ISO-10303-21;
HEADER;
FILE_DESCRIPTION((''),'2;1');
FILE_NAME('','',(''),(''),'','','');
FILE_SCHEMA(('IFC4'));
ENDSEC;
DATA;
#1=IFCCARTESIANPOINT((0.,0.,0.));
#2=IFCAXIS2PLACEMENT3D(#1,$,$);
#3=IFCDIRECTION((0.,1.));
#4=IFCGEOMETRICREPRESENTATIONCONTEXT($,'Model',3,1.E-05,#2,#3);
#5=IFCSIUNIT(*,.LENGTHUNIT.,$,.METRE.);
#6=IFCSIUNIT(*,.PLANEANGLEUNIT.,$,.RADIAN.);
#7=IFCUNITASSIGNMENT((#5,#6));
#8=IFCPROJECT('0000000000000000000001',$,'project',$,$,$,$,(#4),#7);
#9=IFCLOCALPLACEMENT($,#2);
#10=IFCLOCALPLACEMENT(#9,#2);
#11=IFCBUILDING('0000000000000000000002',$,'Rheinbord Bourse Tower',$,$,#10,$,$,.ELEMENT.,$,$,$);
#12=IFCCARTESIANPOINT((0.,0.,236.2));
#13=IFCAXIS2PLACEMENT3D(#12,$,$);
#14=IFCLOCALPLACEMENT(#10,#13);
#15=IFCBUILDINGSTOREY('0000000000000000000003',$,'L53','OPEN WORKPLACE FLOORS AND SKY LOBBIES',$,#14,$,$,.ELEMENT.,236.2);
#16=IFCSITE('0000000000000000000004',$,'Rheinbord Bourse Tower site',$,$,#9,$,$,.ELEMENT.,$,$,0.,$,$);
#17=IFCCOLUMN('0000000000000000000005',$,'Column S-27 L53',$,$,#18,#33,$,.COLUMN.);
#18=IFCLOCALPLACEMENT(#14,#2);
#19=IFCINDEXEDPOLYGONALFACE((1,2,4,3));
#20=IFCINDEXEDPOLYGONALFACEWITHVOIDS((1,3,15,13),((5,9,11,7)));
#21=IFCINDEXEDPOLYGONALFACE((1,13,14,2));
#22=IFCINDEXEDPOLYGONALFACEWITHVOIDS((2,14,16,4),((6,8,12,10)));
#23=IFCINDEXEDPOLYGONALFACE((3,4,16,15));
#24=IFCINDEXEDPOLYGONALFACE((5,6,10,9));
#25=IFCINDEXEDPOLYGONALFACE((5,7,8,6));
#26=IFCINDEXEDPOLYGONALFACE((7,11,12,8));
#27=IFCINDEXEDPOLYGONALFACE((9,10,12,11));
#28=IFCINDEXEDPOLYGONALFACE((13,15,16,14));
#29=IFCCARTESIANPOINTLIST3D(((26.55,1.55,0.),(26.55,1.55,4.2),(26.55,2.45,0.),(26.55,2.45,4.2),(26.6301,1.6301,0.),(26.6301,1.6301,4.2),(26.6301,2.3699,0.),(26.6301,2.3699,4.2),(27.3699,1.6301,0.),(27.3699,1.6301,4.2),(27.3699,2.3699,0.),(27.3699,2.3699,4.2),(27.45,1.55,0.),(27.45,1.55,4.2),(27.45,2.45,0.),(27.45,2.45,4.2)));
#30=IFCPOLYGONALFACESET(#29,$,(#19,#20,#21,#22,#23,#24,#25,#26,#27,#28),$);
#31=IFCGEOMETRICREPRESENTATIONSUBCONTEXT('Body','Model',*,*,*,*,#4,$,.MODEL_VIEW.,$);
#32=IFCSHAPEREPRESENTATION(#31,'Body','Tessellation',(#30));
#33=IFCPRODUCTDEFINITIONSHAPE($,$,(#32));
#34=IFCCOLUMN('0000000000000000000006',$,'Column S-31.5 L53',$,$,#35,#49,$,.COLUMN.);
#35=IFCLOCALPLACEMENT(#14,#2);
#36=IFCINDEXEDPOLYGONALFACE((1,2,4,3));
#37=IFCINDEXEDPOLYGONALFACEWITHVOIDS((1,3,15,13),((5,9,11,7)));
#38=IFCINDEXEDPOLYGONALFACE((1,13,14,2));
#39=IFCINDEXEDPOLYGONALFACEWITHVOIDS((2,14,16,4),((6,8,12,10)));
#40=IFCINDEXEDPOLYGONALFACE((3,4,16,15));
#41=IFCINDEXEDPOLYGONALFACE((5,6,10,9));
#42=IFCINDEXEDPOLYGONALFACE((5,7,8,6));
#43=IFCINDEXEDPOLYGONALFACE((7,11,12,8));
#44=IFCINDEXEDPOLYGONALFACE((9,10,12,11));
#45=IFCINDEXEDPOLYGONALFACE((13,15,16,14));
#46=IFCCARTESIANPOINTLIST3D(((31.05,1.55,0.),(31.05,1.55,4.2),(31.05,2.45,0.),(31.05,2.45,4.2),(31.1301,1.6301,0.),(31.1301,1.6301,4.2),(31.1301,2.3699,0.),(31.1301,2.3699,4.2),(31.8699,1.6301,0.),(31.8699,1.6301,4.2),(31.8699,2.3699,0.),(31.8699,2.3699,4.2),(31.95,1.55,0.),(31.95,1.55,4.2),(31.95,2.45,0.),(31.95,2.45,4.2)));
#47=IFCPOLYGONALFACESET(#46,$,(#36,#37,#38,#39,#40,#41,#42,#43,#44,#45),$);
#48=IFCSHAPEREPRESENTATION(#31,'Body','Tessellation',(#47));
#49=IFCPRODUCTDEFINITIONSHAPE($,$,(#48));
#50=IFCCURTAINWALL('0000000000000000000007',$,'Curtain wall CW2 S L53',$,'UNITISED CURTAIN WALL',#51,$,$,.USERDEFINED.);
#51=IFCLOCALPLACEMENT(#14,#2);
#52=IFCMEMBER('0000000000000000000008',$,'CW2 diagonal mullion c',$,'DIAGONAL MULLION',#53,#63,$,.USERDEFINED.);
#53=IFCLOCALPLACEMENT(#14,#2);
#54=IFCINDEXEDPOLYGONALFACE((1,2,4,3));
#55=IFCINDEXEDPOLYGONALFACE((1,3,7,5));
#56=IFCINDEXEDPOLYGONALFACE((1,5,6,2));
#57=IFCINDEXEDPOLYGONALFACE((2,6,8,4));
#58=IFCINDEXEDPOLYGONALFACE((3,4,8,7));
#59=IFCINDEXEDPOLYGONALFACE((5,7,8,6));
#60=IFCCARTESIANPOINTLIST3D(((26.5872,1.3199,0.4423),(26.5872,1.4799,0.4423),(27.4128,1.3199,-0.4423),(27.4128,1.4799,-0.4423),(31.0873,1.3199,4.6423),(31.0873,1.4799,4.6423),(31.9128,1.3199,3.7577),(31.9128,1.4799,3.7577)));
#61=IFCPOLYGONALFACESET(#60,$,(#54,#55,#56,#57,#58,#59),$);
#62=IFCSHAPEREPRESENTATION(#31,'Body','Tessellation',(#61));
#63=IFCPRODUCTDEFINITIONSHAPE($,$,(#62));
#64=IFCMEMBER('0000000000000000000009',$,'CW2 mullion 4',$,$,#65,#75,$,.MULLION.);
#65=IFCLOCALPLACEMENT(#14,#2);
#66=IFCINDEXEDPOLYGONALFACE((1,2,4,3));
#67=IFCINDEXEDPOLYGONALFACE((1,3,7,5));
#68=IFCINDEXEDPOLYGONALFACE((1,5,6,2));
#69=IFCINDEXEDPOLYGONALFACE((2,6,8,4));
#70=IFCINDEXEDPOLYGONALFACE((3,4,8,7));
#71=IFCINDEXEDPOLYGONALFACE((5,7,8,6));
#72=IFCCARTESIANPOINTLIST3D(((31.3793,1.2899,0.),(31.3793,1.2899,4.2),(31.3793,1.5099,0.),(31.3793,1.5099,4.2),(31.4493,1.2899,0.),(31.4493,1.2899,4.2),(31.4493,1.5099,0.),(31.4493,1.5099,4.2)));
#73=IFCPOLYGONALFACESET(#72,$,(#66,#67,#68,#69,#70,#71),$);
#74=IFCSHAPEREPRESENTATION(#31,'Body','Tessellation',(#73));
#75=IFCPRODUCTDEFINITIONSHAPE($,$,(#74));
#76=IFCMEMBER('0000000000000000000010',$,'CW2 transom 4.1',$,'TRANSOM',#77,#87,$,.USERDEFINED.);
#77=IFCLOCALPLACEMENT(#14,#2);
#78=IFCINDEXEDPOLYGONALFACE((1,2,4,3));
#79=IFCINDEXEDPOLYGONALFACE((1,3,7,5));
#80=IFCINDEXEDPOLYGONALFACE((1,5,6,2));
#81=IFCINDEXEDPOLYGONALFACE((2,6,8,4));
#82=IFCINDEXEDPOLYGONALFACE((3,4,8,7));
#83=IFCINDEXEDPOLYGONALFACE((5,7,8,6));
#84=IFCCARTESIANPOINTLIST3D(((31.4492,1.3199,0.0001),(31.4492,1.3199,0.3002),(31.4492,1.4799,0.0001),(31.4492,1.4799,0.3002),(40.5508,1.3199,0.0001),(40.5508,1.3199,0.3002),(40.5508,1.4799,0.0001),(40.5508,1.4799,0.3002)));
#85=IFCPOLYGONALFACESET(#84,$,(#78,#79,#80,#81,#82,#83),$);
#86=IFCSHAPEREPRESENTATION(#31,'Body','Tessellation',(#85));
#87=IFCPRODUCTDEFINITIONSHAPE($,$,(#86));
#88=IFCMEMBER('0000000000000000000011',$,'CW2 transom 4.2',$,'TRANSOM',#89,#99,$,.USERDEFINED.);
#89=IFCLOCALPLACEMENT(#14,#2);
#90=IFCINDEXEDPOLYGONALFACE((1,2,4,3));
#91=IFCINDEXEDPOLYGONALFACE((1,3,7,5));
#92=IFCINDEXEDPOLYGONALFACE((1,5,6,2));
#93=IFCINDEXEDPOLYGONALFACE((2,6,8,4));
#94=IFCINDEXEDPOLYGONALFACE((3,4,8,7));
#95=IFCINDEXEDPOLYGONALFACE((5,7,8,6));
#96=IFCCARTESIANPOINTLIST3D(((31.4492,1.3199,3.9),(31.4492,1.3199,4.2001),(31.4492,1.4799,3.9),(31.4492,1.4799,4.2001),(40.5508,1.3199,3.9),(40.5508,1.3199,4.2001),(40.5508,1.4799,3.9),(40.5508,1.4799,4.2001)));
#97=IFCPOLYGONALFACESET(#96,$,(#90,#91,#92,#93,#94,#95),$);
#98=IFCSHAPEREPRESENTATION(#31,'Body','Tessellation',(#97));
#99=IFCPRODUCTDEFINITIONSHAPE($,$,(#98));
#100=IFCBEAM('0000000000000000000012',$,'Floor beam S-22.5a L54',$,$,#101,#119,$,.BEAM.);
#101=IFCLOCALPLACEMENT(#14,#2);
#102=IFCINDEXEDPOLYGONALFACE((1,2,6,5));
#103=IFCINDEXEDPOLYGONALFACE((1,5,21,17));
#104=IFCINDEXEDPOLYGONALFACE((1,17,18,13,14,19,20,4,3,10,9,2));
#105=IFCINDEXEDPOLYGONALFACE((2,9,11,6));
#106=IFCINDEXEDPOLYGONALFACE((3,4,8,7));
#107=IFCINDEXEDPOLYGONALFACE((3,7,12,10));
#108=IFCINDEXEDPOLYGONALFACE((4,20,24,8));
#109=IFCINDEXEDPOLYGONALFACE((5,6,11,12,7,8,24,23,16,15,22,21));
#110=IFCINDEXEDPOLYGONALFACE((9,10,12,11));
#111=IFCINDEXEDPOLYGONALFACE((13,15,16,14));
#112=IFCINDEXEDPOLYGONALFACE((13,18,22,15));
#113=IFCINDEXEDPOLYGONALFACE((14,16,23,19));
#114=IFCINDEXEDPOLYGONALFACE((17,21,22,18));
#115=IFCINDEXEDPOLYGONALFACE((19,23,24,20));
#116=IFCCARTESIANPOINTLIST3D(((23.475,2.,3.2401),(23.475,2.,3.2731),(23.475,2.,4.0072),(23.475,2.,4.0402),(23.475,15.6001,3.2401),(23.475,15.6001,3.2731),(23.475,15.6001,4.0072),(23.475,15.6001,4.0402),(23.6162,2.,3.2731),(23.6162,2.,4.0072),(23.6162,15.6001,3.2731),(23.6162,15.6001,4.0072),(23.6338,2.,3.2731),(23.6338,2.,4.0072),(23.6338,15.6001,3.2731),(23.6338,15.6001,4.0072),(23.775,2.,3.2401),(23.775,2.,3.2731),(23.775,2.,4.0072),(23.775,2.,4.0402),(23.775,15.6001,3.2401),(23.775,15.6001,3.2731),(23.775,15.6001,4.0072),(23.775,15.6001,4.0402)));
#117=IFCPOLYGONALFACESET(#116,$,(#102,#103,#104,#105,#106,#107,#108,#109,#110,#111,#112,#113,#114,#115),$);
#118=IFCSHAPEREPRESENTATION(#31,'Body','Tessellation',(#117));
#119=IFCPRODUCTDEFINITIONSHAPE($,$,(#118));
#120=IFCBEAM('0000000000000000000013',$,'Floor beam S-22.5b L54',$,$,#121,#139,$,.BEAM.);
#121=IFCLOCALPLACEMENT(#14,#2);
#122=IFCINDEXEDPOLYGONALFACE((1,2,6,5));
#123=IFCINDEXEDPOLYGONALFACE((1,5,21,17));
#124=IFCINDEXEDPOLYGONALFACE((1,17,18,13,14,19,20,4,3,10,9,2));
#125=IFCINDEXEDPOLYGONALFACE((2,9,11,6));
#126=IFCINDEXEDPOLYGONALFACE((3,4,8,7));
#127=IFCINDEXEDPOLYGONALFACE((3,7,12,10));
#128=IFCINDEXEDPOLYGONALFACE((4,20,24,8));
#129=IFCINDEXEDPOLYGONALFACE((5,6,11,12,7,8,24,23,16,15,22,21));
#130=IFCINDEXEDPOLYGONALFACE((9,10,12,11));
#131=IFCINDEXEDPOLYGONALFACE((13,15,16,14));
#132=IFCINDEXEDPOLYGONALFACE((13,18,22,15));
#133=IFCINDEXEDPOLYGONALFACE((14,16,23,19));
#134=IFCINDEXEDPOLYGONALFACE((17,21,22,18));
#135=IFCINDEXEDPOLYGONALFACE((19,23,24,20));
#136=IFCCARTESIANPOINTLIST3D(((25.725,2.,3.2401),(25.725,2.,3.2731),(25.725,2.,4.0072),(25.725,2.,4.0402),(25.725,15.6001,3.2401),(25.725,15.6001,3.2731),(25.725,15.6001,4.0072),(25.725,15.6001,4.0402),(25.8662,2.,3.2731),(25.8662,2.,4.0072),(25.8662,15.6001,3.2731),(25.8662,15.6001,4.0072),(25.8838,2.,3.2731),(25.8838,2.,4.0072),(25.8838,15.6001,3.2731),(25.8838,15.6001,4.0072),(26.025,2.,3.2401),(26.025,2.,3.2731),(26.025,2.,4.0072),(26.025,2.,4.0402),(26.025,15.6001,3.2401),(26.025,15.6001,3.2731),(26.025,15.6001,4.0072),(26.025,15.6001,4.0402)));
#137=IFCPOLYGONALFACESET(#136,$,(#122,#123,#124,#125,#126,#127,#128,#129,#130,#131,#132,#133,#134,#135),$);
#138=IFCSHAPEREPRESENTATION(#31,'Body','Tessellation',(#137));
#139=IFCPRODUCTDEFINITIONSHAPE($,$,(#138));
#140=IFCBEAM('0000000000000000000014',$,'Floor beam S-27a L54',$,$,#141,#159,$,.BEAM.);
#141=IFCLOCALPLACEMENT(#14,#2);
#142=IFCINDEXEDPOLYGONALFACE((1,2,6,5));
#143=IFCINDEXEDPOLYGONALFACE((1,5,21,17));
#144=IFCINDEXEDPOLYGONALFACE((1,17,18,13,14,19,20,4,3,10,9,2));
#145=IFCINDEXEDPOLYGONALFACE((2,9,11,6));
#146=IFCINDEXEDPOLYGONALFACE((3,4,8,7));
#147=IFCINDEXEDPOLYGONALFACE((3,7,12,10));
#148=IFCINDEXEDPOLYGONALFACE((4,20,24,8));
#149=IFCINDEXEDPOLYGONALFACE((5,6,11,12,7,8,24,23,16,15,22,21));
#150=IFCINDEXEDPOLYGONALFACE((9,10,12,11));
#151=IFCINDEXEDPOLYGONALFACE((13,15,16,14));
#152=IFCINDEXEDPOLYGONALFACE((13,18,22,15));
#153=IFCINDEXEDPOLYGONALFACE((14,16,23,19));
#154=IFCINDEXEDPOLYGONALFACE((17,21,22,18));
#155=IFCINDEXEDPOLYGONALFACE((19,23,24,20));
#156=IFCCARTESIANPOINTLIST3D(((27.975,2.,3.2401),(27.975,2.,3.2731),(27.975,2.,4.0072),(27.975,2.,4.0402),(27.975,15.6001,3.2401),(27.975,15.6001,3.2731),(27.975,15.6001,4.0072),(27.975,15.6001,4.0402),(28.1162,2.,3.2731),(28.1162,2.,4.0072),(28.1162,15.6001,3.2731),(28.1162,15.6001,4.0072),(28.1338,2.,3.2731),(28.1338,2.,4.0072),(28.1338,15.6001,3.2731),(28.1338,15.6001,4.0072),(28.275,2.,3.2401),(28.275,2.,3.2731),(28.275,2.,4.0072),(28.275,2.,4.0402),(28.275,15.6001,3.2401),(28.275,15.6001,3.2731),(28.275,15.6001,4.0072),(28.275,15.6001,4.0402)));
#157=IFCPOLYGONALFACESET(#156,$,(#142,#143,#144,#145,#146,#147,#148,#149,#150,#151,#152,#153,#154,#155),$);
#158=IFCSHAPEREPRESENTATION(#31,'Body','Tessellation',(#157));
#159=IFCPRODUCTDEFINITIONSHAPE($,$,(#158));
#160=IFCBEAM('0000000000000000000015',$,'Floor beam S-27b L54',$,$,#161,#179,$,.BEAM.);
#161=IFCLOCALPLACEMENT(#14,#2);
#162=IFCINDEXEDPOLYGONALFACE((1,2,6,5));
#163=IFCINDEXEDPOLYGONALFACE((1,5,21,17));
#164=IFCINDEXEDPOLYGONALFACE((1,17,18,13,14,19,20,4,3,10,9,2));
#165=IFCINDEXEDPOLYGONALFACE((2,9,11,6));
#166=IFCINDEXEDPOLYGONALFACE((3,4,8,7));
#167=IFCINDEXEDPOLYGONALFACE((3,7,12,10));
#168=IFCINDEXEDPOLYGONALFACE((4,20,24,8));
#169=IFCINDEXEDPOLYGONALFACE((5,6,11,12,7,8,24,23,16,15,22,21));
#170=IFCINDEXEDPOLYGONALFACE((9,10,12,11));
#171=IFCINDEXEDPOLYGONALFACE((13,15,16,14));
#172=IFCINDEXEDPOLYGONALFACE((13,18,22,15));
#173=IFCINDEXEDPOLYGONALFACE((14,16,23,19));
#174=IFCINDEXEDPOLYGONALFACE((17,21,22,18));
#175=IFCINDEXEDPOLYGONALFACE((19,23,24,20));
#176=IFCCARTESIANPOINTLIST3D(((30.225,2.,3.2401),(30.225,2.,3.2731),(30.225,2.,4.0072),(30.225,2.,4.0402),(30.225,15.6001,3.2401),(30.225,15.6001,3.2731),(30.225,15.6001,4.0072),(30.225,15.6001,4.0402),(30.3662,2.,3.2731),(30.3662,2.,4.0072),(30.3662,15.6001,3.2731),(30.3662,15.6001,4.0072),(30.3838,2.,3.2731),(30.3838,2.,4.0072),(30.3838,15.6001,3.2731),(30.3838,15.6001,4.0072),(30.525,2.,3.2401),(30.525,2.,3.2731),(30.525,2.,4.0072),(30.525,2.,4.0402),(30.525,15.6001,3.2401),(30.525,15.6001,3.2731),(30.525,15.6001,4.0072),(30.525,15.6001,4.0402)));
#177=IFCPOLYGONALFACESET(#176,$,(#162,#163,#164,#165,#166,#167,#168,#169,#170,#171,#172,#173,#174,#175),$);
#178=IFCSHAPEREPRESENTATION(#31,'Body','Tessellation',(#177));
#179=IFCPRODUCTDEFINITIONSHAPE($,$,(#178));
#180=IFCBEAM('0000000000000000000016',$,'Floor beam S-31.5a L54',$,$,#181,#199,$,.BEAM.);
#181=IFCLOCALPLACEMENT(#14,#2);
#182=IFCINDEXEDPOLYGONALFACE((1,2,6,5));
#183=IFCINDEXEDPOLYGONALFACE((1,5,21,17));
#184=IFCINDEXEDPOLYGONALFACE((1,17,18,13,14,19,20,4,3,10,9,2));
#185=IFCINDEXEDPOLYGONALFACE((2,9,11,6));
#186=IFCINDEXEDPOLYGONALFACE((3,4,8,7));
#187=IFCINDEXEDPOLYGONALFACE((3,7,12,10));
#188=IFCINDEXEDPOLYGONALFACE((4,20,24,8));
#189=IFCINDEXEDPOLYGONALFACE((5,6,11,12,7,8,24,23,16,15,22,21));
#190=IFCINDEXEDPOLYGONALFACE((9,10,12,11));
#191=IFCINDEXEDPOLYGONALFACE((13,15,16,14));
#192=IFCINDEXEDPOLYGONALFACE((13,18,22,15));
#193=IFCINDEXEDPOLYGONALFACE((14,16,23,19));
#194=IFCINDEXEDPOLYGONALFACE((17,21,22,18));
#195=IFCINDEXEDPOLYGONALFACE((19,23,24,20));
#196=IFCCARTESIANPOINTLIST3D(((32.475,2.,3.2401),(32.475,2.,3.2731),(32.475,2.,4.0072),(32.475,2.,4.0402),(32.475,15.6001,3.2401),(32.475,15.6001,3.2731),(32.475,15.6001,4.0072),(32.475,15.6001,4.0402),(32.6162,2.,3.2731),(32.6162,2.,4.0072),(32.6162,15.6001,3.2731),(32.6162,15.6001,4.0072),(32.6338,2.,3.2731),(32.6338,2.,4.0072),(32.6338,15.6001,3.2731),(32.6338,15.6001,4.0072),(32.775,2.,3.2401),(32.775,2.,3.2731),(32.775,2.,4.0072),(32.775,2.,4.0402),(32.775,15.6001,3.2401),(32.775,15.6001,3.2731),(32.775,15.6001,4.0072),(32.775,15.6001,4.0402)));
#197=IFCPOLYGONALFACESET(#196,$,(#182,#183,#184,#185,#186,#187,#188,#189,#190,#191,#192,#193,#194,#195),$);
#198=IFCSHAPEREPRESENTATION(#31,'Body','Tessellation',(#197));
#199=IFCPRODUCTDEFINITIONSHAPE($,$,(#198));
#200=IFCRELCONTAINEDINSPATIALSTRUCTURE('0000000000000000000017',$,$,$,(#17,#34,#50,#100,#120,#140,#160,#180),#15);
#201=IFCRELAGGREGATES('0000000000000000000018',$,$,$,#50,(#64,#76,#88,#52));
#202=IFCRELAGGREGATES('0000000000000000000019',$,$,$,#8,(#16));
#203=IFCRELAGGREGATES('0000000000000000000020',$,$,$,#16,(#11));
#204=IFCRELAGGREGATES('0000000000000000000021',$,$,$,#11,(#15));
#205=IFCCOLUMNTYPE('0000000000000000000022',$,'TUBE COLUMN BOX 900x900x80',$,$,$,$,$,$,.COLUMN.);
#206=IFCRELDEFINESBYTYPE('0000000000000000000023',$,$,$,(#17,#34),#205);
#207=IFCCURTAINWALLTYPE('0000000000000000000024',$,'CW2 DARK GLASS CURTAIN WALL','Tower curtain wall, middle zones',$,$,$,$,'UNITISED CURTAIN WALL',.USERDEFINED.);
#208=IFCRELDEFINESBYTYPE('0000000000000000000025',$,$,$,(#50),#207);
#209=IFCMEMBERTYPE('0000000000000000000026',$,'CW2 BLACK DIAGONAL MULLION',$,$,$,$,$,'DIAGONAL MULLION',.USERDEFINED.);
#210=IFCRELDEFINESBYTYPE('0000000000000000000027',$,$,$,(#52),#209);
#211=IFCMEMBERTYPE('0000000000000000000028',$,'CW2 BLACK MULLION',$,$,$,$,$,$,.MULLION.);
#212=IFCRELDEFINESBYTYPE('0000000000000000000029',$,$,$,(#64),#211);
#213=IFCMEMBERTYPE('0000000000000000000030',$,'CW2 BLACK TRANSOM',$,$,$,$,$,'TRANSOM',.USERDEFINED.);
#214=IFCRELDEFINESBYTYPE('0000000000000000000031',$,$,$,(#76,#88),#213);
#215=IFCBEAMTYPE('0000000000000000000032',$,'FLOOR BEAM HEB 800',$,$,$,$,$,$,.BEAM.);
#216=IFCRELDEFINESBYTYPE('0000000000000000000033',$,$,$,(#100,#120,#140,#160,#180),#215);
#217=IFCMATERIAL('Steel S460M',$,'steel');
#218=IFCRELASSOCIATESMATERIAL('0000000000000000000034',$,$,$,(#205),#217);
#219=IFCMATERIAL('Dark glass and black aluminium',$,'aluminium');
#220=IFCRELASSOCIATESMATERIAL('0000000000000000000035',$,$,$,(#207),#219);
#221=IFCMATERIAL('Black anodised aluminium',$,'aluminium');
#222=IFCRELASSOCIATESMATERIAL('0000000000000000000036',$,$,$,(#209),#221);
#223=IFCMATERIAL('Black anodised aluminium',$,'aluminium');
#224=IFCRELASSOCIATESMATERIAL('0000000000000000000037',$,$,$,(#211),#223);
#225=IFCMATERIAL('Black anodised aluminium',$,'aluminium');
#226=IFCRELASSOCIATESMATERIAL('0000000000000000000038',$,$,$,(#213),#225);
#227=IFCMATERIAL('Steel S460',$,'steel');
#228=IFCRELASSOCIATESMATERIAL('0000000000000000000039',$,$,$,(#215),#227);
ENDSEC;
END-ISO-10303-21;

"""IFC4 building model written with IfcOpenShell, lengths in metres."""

from ifc_helpers import new_model, si_unit, direction, frame, origin, origin_2d, place, context, subcontext, project, spatial, rectangle, hollow_rectangle, i_section, extrude, material, material_profile, profile_set, type_object, element, aggregate, save


model = new_model("IFC4")

# Units and contexts
model_context = context("Model", 3, precision=1e-05, world=origin(), true_north=direction((0.0, 1.0)))
body_context = subcontext(model_context, "Body", "Model", "MODEL_VIEW")
ifc_project = project(units=[si_unit("LENGTHUNIT", "METRE"), si_unit("PLANEANGLEUNIT", "RADIAN")], contexts=[model_context])

# Site, building, storey
site_placement = place(None, origin())
site = spatial("IfcSite", under=ifc_project, at=site_placement, Name="Rheinbord Bourse Tower site", CompositionType="ELEMENT", RefElevation=0.0)
building_placement = place(site_placement, origin())
building = spatial("IfcBuilding", under=site, at=building_placement, Name="Rheinbord Bourse Tower", CompositionType="ELEMENT")
storey_placement = place(building_placement, frame((0.0, 0.0, 236.2)))
storey = spatial("IfcBuildingStorey", under=building, at=storey_placement, Name="L53", Description="OPEN WORKPLACE FLOORS AND SKY LOBBIES", CompositionType="ELEMENT", Elevation=236.2)

# Columns
ifc_material_1 = material(Name="Steel S460M", Category="steel")
ifc_material_profile_1 = material_profile(ifc_material_1, hollow_rectangle(XDim=0.8999, YDim=0.8999, WallThickness=0.0801, at=origin_2d()), Name="BOX 900x900x80")
ifc_profile_set_1 = profile_set([ifc_material_profile_1], Name="Steel S460M")
column_type = type_object("IfcColumnType", Name="TUBE COLUMN BOX 900x900x80", PredefinedType="COLUMN", material=ifc_profile_set_1)
for number, where, z_axis, x_axis, name in (
    (1, (27.0, 2.0, 0.0), (0.0, 0.0, 1.0), (0.0, 1.0, 0.0), "Column S-27 L53"),
    (2, (31.5, 2.0, 0.0), (0.0, 0.0, 1.0), (0.0, 1.0, 0.0), "Column S-31.5 L53"),
):
    element("IfcColumn", number, at=place(storey_placement, frame(where, z_axis=z_axis, x_axis=x_axis)), inside=storey, type_object=column_type, Name=name, PredefinedType="COLUMN", context=body_context, shape_type="SweptSolid", body=[
        extrude(hollow_rectangle(XDim=0.8999, YDim=0.8999, WallThickness=0.0801, at=origin_2d()), origin(), (0.0, 0.0, 1.0), 4.2),
    ])

# Curtain wall, members
ifc_material_2 = material(Name="Dark glass and black aluminium", Category="aluminium")
curtain_wall_type = type_object("IfcCurtainWallType", Name="CW2 DARK GLASS CURTAIN WALL", Description="Tower curtain wall, middle zones", ElementType="UNITISED CURTAIN WALL", PredefinedType="USERDEFINED", material=ifc_material_2)
curtain_wall_placement = place(storey_placement, origin())
curtain_wall = element("IfcCurtainWall", 3, at=curtain_wall_placement, inside=storey, type_object=curtain_wall_type, Name="Curtain wall CW2 S L53", ObjectType="UNITISED CURTAIN WALL", PredefinedType="USERDEFINED")
ifc_material_3 = material(Name="Black anodised aluminium", Category="aluminium")
ifc_material_profile_2 = material_profile(ifc_material_3, rectangle(XDim=0.1599, YDim=1.21, at=origin_2d()), Name="CW2 DIAGONAL MULLION 1210x160")
ifc_profile_set_2 = profile_set([ifc_material_profile_2], Name="Black anodised aluminium")
member_type_1 = type_object("IfcMemberType", Name="CW2 BLACK DIAGONAL MULLION", ElementType="DIAGONAL MULLION", PredefinedType="USERDEFINED", material=ifc_profile_set_2)
member_1_placement = place(storey_placement, frame((27.0, 1.3999, 0.0), z_axis=(0.731059, 0.0, 0.682314), x_axis=(0.0, 1.0, 0.0)))
member_1 = element("IfcMember", 4, at=member_1_placement, type_object=member_type_1, Name="CW2 diagonal mullion c", ObjectType="DIAGONAL MULLION", PredefinedType="USERDEFINED", context=body_context, shape_type="SweptSolid", body=[
    extrude(rectangle(XDim=0.1599, YDim=1.21, at=origin_2d()), origin(), (0.0, 0.0, 1.0), 6.1555),
])
ifc_material_4 = material(Name="Black anodised aluminium", Category="aluminium")
ifc_material_profile_3 = material_profile(ifc_material_4, rectangle(XDim=0.22, YDim=0.0701, at=origin_2d()), Name="CW2 MULLION 70x220")
ifc_profile_set_3 = profile_set([ifc_material_profile_3], Name="Black anodised aluminium")
member_type_2 = type_object("IfcMemberType", Name="CW2 BLACK MULLION", PredefinedType="MULLION", material=ifc_profile_set_3)
member_2_placement = place(storey_placement, frame((31.4143, 1.3999, 0.0), z_axis=(0.0, 0.0, 1.0), x_axis=(0.0, 1.0, 0.0)))
member_2 = element("IfcMember", 5, at=member_2_placement, type_object=member_type_2, Name="CW2 mullion 4", PredefinedType="MULLION", context=body_context, shape_type="SweptSolid", body=[
    extrude(rectangle(XDim=0.22, YDim=0.0701, at=origin_2d()), origin(), (0.0, 0.0, 1.0), 4.2),
])
ifc_material_5 = material(Name="Black anodised aluminium", Category="aluminium")
ifc_material_profile_4 = material_profile(ifc_material_5, rectangle(XDim=0.1599, YDim=0.3, at=origin_2d()), Name="CW2 TRANSOM 300x160")
ifc_profile_set_4 = profile_set([ifc_material_profile_4], Name="Black anodised aluminium")
member_type_3 = type_object("IfcMemberType", Name="CW2 BLACK TRANSOM", ElementType="TRANSOM", PredefinedType="USERDEFINED", material=ifc_profile_set_4)
member_3_placement = place(storey_placement, frame((31.4492, 1.3999, 0.1501), z_axis=(1.0, 0.0, 0.0), x_axis=(0.0, 1.0, 0.0)))
member_3 = element("IfcMember", 6, at=member_3_placement, type_object=member_type_3, Name="CW2 transom 4.1", ObjectType="TRANSOM", PredefinedType="USERDEFINED", context=body_context, shape_type="SweptSolid", body=[
    extrude(rectangle(XDim=0.1599, YDim=0.3, at=origin_2d()), origin(), (0.0, 0.0, 1.0), 9.1016),
])
member_4_placement = place(storey_placement, frame((31.4492, 1.3999, 4.05), z_axis=(1.0, 0.0, 0.0), x_axis=(0.0, 1.0, 0.0)))
member_4 = element("IfcMember", 7, at=member_4_placement, type_object=member_type_3, Name="CW2 transom 4.2", ObjectType="TRANSOM", PredefinedType="USERDEFINED", context=body_context, shape_type="SweptSolid", body=[
    extrude(rectangle(XDim=0.1599, YDim=0.3, at=origin_2d()), origin(), (0.0, 0.0, 1.0), 9.1016),
])

# Beams
ifc_material_6 = material(Name="Steel S460", Category="steel")
ifc_material_profile_5 = material_profile(ifc_material_6, i_section(OverallWidth=0.3, OverallDepth=0.8, WebThickness=0.0176, FlangeThickness=0.033, at=origin_2d()), Name="HEB 800")
ifc_profile_set_5 = profile_set([ifc_material_profile_5], Name="Steel S460")
beam_type_1 = type_object("IfcBeamType", Name="FLOOR BEAM HEB 800", PredefinedType="BEAM", material=ifc_profile_set_5)
for number, where, z_axis, x_axis, name in (
    (8, (23.625, 2.0, 3.6401), (0.0, 1.0, 0.0), (-1.0, 0.0, 0.0), "Floor beam S-22.5a L54"),
    (9, (25.875, 2.0, 3.6401), (0.0, 1.0, 0.0), (-1.0, 0.0, 0.0), "Floor beam S-22.5b L54"),
    (10, (28.125, 2.0, 3.6401), (0.0, 1.0, 0.0), (-1.0, 0.0, 0.0), "Floor beam S-27a L54"),
    (11, (30.375, 2.0, 3.6401), (0.0, 1.0, 0.0), (-1.0, 0.0, 0.0), "Floor beam S-27b L54"),
    (12, (32.625, 2.0, 3.6401), (0.0, 1.0, 0.0), (-1.0, 0.0, 0.0), "Floor beam S-31.5a L54"),
):
    element("IfcBeam", number, at=place(storey_placement, frame(where, z_axis=z_axis, x_axis=x_axis)), inside=storey, type_object=beam_type_1, Name=name, PredefinedType="BEAM", context=body_context, shape_type="SweptSolid", body=[
        extrude(i_section(OverallWidth=0.3, OverallDepth=0.8, WebThickness=0.0176, FlangeThickness=0.033, at=origin_2d()), origin(), (0.0, 0.0, 1.0), 13.6001),
    ])

aggregate(curtain_wall, [member_2, member_3, member_4, member_1])

save(model, "model.ifc")
